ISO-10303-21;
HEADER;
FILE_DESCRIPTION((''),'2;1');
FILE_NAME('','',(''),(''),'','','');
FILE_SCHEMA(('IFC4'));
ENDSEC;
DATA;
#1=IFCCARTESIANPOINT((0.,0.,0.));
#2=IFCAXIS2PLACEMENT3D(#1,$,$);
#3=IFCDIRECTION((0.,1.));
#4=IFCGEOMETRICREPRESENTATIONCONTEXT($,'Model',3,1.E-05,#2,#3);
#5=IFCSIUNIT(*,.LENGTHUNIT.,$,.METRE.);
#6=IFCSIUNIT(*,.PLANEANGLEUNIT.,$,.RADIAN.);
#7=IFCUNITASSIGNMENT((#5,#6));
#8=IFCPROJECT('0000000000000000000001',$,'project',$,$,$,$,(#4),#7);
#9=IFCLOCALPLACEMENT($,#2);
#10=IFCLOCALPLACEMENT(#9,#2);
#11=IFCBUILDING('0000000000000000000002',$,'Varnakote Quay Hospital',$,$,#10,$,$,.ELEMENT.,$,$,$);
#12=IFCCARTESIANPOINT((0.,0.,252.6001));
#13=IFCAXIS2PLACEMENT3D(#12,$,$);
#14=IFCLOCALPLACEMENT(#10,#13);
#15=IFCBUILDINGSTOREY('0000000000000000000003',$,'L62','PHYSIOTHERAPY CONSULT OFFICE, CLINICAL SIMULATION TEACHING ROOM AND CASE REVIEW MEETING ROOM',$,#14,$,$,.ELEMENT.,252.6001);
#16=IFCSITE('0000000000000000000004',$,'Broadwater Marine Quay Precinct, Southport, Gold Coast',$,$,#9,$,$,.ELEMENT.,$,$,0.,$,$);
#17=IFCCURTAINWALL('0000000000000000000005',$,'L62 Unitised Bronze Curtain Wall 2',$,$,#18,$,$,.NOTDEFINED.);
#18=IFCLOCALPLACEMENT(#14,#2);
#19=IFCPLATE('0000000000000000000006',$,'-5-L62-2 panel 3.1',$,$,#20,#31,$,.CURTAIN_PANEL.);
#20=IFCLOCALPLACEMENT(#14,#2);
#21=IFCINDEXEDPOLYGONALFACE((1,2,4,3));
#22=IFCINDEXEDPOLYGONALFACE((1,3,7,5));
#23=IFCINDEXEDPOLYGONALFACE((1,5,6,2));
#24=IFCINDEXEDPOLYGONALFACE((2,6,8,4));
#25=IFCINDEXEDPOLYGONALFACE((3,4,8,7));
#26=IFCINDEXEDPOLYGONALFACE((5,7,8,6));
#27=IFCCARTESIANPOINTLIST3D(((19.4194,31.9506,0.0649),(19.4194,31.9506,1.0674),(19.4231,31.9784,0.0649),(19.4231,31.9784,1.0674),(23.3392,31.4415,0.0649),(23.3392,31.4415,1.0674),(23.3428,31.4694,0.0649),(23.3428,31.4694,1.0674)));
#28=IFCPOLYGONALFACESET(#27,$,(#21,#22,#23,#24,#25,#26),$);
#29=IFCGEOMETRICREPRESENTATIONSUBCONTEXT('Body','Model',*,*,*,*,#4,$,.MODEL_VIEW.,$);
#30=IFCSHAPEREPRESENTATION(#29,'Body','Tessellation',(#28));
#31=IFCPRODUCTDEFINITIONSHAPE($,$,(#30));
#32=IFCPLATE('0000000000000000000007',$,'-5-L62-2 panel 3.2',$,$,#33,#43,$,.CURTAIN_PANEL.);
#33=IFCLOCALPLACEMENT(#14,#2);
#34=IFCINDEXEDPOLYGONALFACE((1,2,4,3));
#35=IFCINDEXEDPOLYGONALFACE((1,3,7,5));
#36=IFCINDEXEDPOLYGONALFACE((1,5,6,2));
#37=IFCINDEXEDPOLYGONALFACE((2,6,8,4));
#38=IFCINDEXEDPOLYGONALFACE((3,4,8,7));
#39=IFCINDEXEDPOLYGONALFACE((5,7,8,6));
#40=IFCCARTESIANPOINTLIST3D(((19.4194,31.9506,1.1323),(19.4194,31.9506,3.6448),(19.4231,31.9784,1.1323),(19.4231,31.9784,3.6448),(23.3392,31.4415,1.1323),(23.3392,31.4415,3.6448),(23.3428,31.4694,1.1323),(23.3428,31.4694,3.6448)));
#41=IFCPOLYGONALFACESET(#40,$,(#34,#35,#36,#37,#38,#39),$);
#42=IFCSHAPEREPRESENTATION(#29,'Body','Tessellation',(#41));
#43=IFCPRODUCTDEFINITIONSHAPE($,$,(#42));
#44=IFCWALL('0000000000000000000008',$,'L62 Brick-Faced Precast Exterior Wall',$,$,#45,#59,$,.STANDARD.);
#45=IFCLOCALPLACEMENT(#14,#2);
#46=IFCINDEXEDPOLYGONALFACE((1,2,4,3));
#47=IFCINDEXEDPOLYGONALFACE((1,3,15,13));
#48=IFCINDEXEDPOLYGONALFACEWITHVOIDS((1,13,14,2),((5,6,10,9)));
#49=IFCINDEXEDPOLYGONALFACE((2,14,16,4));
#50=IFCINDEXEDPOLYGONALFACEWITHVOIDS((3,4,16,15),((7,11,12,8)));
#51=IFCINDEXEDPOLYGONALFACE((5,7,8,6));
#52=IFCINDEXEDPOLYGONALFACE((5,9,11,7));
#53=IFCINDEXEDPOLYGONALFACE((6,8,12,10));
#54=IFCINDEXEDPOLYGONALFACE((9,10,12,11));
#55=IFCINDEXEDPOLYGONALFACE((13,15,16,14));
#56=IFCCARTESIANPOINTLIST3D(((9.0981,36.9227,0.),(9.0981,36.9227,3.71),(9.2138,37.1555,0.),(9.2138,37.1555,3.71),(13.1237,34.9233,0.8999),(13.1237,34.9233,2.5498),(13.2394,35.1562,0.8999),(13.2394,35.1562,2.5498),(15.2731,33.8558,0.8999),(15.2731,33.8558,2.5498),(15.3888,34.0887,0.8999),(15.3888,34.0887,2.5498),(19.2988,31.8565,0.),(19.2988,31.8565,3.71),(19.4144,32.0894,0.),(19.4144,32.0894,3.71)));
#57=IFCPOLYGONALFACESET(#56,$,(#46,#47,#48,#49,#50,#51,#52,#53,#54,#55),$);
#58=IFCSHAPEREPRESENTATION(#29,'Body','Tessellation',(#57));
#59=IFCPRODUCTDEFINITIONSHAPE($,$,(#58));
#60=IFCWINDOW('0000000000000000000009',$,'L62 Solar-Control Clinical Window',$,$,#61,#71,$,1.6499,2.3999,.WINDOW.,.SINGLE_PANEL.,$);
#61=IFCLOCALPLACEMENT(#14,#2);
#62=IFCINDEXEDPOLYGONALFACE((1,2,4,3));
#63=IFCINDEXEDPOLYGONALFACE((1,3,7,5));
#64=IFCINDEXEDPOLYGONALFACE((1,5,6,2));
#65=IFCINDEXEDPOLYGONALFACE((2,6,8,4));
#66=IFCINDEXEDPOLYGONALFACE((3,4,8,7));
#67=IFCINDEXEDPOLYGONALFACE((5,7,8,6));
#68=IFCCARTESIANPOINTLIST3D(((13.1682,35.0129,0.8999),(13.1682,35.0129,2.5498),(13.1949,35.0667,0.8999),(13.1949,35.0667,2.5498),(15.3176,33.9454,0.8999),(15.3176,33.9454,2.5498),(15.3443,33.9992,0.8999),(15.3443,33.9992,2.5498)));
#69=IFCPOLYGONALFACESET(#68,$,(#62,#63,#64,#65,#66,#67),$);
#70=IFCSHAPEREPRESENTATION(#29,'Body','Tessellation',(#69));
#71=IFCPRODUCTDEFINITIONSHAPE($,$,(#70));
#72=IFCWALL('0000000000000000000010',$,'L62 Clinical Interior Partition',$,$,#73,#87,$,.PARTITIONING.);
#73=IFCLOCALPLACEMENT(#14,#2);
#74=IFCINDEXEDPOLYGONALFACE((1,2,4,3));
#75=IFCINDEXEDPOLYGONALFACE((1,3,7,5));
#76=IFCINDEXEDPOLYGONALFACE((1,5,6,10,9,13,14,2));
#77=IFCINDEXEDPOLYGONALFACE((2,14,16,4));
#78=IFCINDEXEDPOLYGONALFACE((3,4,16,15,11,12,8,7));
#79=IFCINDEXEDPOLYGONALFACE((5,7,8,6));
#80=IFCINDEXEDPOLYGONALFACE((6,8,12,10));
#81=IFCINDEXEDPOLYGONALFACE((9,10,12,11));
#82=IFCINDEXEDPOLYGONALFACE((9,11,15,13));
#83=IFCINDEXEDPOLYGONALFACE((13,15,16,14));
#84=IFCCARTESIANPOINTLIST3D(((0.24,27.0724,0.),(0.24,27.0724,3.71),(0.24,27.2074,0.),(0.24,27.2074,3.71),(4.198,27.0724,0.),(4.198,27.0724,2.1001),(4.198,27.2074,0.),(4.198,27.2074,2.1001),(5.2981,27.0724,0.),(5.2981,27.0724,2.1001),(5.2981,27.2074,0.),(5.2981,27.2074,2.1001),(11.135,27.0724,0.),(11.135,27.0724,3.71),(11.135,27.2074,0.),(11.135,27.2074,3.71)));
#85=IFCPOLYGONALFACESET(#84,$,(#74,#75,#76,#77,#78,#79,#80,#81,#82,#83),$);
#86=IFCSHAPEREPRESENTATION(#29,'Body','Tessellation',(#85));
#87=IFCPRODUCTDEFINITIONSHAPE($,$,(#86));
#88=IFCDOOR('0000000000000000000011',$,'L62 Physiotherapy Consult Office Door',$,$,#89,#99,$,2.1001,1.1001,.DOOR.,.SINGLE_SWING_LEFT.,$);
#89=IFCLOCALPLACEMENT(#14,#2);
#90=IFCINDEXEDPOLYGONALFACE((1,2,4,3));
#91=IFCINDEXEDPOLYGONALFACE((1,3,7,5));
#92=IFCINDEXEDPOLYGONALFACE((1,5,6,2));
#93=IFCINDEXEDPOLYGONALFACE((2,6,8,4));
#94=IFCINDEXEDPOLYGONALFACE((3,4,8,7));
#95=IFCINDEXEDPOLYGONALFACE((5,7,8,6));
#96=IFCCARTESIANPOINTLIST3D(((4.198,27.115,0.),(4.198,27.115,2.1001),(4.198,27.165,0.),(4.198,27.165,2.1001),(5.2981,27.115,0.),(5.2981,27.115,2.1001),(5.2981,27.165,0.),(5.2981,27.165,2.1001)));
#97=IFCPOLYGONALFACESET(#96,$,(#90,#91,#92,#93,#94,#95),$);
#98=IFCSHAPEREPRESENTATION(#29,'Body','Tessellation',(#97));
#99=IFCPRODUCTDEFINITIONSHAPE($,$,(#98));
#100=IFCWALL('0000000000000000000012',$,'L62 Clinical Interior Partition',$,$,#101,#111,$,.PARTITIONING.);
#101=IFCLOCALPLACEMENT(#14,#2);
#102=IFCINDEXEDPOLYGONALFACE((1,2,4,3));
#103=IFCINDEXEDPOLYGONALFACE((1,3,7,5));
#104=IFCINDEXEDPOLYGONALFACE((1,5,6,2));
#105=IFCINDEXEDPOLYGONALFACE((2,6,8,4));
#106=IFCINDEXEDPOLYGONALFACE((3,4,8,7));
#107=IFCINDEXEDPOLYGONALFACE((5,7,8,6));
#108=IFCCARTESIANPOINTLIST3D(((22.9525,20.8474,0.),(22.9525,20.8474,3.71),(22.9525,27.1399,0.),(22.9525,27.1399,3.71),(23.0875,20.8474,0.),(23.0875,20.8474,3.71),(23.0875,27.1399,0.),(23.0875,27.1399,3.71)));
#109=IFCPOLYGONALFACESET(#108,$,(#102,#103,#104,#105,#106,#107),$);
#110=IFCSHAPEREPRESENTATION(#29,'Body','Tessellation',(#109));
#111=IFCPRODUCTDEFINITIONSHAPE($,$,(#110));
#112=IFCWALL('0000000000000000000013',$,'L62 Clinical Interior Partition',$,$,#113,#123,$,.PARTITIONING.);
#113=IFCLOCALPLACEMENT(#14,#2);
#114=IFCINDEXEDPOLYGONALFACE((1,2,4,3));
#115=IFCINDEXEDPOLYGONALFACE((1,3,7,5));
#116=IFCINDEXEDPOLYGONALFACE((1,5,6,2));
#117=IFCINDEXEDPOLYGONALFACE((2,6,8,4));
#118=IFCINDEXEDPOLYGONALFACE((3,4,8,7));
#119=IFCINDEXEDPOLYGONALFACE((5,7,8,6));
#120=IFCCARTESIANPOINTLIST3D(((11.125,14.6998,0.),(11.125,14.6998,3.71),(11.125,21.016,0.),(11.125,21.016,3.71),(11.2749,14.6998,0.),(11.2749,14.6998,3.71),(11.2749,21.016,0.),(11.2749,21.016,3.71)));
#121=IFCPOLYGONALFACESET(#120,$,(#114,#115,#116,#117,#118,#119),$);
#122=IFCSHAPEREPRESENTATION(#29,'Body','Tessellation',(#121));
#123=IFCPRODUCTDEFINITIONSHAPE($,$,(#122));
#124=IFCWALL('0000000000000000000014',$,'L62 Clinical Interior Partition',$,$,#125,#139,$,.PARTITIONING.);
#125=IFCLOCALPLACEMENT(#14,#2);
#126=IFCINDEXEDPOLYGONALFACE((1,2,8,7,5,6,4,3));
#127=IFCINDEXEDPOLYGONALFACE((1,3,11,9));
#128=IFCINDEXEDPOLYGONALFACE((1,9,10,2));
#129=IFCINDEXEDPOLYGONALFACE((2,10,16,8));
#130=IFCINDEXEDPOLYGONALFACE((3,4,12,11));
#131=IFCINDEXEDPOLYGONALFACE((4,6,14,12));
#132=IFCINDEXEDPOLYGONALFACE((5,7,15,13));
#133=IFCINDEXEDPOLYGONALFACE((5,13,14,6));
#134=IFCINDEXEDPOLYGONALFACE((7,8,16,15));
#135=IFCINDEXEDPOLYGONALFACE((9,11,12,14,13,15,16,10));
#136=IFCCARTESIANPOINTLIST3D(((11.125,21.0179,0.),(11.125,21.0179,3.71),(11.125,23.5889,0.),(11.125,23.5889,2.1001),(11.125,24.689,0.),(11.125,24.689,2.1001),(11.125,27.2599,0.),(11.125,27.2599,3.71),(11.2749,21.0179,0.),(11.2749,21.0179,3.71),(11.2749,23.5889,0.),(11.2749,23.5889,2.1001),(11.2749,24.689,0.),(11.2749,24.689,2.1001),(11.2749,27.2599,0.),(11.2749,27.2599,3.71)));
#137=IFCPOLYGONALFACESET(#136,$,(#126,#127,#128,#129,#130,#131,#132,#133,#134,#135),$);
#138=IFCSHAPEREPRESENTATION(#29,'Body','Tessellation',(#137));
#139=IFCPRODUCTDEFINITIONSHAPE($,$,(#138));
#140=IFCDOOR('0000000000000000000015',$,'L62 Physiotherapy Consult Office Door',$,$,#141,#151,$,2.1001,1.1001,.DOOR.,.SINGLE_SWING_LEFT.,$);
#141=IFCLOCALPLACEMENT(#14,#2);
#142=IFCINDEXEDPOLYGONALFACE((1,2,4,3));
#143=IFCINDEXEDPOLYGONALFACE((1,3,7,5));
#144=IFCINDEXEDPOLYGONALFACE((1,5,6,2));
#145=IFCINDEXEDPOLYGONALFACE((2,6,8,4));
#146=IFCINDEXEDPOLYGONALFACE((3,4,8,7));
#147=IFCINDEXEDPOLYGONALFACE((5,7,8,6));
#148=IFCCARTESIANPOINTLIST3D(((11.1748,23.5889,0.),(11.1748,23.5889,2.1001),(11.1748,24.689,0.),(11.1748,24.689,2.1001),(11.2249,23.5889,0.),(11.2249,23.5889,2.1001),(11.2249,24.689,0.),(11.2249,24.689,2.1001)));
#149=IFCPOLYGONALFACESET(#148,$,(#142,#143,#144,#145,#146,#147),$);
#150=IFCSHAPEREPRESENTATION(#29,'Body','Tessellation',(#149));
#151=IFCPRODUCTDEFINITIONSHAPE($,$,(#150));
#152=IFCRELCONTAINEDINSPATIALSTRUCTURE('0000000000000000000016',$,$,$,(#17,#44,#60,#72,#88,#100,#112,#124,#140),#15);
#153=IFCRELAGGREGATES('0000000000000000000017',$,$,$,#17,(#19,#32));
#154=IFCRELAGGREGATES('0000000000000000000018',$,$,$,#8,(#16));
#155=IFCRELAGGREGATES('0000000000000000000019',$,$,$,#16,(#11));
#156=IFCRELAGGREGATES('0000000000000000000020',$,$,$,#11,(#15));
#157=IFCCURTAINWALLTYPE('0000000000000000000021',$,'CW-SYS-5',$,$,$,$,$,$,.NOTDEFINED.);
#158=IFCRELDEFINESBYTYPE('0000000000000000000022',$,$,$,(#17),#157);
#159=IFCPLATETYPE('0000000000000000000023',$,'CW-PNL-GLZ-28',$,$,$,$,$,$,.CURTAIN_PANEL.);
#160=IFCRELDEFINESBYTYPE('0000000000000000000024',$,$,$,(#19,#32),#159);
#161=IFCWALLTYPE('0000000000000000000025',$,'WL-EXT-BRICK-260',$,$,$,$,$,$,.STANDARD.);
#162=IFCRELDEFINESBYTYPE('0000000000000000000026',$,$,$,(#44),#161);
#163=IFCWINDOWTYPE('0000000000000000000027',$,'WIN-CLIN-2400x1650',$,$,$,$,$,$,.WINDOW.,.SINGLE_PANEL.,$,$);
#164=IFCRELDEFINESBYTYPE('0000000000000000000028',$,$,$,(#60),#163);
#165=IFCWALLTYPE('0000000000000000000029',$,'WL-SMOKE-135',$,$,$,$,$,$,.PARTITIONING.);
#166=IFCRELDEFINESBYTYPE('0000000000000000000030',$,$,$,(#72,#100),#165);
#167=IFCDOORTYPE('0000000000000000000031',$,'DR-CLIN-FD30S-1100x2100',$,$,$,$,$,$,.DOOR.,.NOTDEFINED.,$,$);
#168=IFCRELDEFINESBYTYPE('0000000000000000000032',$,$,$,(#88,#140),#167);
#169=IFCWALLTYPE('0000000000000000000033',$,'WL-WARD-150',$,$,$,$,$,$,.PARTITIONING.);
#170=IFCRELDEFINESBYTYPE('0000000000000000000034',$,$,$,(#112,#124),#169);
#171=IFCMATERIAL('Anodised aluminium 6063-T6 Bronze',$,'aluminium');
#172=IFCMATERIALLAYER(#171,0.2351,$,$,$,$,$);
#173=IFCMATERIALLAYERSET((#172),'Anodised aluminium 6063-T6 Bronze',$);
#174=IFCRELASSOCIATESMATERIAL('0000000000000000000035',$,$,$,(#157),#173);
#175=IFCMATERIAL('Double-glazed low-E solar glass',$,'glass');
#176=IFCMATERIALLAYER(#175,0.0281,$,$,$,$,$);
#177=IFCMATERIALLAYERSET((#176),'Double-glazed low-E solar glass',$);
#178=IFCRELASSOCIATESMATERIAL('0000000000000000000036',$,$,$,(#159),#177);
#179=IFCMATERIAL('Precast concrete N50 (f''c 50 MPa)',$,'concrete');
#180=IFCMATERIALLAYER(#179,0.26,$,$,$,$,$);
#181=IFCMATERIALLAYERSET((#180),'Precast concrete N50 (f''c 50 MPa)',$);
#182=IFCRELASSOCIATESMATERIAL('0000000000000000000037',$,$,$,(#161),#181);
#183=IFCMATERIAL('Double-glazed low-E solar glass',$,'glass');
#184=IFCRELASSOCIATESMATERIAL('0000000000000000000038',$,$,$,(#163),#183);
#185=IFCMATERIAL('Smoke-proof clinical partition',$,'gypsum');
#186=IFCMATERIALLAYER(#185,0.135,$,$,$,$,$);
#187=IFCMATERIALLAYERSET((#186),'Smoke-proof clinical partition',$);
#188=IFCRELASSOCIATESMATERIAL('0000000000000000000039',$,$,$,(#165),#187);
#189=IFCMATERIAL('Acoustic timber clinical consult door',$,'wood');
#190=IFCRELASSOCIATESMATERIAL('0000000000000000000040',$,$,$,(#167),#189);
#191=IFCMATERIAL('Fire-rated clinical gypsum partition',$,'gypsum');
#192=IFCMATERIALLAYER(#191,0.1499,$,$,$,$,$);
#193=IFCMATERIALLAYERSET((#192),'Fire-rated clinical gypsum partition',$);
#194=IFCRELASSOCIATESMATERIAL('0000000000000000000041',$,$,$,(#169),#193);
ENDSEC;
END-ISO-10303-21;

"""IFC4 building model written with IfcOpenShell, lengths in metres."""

from ifc_helpers import new_model, si_unit, direction, frame, frame_2d, origin, origin_2d, place, context, subcontext, project, spatial, rectangle, extrude, material, layer, layer_set, type_object, element, fill, aggregate, save


model = new_model("IFC4")

# Units and contexts
model_context = context("Model", 3, precision=1e-05, world=origin(), true_north=direction((0.0, 1.0)))
body_context = subcontext(model_context, "Body", "Model", "MODEL_VIEW")
ifc_project = project(units=[si_unit("LENGTHUNIT", "METRE"), si_unit("PLANEANGLEUNIT", "RADIAN")], contexts=[model_context])

# Site, building, storey
site_placement = place(None, origin())
site = spatial("IfcSite", under=ifc_project, at=site_placement, Name="Broadwater Marine Quay Precinct, Southport, Gold Coast", CompositionType="ELEMENT", RefElevation=0.0)
building_placement = place(site_placement, origin())
building = spatial("IfcBuilding", under=site, at=building_placement, Name="Varnakote Quay Hospital", CompositionType="ELEMENT")
storey_placement = place(building_placement, frame((0.0, 0.0, 252.6001)))
storey = spatial("IfcBuildingStorey", under=building, at=storey_placement, Name="L62", Description="PHYSIOTHERAPY CONSULT OFFICE, CLINICAL SIMULATION TEACHING ROOM AND CASE REVIEW MEETING ROOM", CompositionType="ELEMENT", Elevation=252.6001)

# Curtain wall
ifc_material_1 = material(Name="Anodised aluminium 6063-T6 Bronze", Category="aluminium")
ifc_layer_1 = layer(ifc_material_1, 0.2351)
ifc_layer_set_1 = layer_set([ifc_layer_1], Name="Anodised aluminium 6063-T6 Bronze")
curtain_wall_type = type_object("IfcCurtainWallType", Name="CW-SYS-5", PredefinedType="NOTDEFINED", material=ifc_layer_set_1)
curtain_wall_placement = place(storey_placement, origin())
curtain_wall = element("IfcCurtainWall", 1, at=curtain_wall_placement, inside=storey, type_object=curtain_wall_type, Name="L62 Unitised Bronze Curtain Wall 2", PredefinedType="NOTDEFINED")

# Plates
ifc_material_2 = material(Name="Double-glazed low-E solar glass", Category="glass")
ifc_layer_2 = layer(ifc_material_2, 0.0281)
ifc_layer_set_2 = layer_set([ifc_layer_2], Name="Double-glazed low-E solar glass")
plate_type = type_object("IfcPlateType", Name="CW-PNL-GLZ-28", PredefinedType="CURTAIN_PANEL", material=ifc_layer_set_2)
plate_1_placement = place(storey_placement, frame((21.3811, 31.71, 0.0649), z_axis=(0.0, 0.0, 1.0), x_axis=(-0.991672, 0.128787, 0.0)))
plate_1 = element("IfcPlate", 2, at=plate_1_placement, type_object=plate_type, Name="-5-L62-2 panel 3.1", PredefinedType="CURTAIN_PANEL", context=body_context, shape_type="SweptSolid", body=[
    extrude(rectangle(XDim=3.9526, YDim=0.0281, at=origin_2d()), origin(), (0.0, 0.0, 1.0), 1.0024),
])
plate_2_placement = place(storey_placement, frame((21.3811, 31.71, 1.1323), z_axis=(0.0, 0.0, 1.0), x_axis=(-0.991672, 0.128787, 0.0)))
plate_2 = element("IfcPlate", 3, at=plate_2_placement, type_object=plate_type, Name="-5-L62-2 panel 3.2", PredefinedType="CURTAIN_PANEL", context=body_context, shape_type="SweptSolid", body=[
    extrude(rectangle(XDim=3.9526, YDim=0.0281, at=origin_2d()), origin(), (0.0, 0.0, 1.0), 2.5125),
])
aggregate(curtain_wall, [plate_1, plate_2])

# Wall, opening, window
ifc_material_3 = material(Name="Precast concrete N50 (f'c 50 MPa)", Category="concrete")
ifc_layer_3 = layer(ifc_material_3, 0.26)
ifc_layer_set_3 = layer_set([ifc_layer_3], Name="Precast concrete N50 (f'c 50 MPa)")
wall_type_1 = type_object("IfcWallType", Name="WL-EXT-BRICK-260", PredefinedType="STANDARD", material=ifc_layer_set_3)
wall_1_placement = place(storey_placement, frame((19.3567, 31.9729, 0.0), z_axis=(0.0, 0.0, 1.0), x_axis=(-0.895624, 0.444811, 0.0)))
wall_1 = element("IfcWall", 4, at=wall_1_placement, inside=storey, type_object=wall_type_1, Name="L62 Brick-Faced Precast Exterior Wall", PredefinedType="STANDARD", context=body_context, shape_type="SweptSolid", body=[
    extrude(rectangle(XDim=11.3894, YDim=0.26, at=frame_2d((5.6948, 0.0))), origin(), (0.0, 0.0, 1.0), 3.71),
])
opening_1_placement = place(wall_1_placement, frame((4.4949, 0.0, 0.8999)))
opening_1 = element("IfcOpeningElement", 5, at=opening_1_placement, cuts=wall_1, PredefinedType="OPENING", context=body_context, shape_type="SweptSolid", body=[
    extrude(rectangle(XDim=2.3999, YDim=1.6499, at=frame_2d((1.2, 0.825))), frame((0.0, 0.1399, 0.0), z_axis=(0.0, -1.0, 0.0), x_axis=(1.0, 0.0, 0.0)), (0.0, 0.0, 1.0), 0.28),
])
ifc_material_4 = material(Name="Double-glazed low-E solar glass", Category="glass")
window_type = type_object("IfcWindowType", Name="WIN-CLIN-2400x1650", PartitioningType="SINGLE_PANEL", PredefinedType="WINDOW", material=ifc_material_4)
window_placement = place(opening_1_placement, origin())
window = element("IfcWindow", 6, at=window_placement, inside=storey, type_object=window_type, Name="L62 Solar-Control Clinical Window", OverallHeight=1.6499, OverallWidth=2.3999, PartitioningType="SINGLE_PANEL", PredefinedType="WINDOW", context=body_context, shape_type="SweptSolid", body=[
    extrude(rectangle(XDim=2.3999, YDim=1.6499, at=frame_2d((1.2, 0.825))), frame((0.0, 0.03, 0.0), z_axis=(0.0, -1.0, 0.0), x_axis=(1.0, 0.0, 0.0)), (0.0, 0.0, 1.0), 0.0601),
])
fill(opening_1, window)

# Wall, opening, door
ifc_material_5 = material(Name="Smoke-proof clinical partition", Category="gypsum")
ifc_layer_4 = layer(ifc_material_5, 0.135)
ifc_layer_set_4 = layer_set([ifc_layer_4], Name="Smoke-proof clinical partition")
wall_type_2 = type_object("IfcWallType", Name="WL-SMOKE-135", PredefinedType="PARTITIONING", material=ifc_layer_set_4)
wall_2_placement = place(storey_placement, frame((11.135, 27.1399, 0.0), z_axis=(0.0, 0.0, 1.0), x_axis=(-1.0, 0.0, 0.0)))
wall_2 = element("IfcWall", 7, at=wall_2_placement, inside=storey, type_object=wall_type_2, Name="L62 Clinical Interior Partition", PredefinedType="PARTITIONING", context=body_context, shape_type="SweptSolid", body=[
    extrude(rectangle(XDim=10.895, YDim=0.135, at=frame_2d((5.4475, 0.0))), origin(), (0.0, 0.0, 1.0), 3.71),
])
opening_2_placement = place(wall_2_placement, frame((5.8369, 0.0, 0.0)))
opening_2 = element("IfcOpeningElement", 8, at=opening_2_placement, cuts=wall_2, PredefinedType="OPENING", context=body_context, shape_type="SweptSolid", body=[
    extrude(rectangle(XDim=1.1001, YDim=2.1001, at=frame_2d((0.55, 1.05))), frame((0.0, 0.0774, 0.0), z_axis=(0.0, -1.0, 0.0), x_axis=(1.0, 0.0, 0.0)), (0.0, 0.0, 1.0), 0.155),
])
ifc_material_6 = material(Name="Acoustic timber clinical consult door", Category="wood")
door_type = type_object("IfcDoorType", Name="DR-CLIN-FD30S-1100x2100", OperationType="NOTDEFINED", PredefinedType="DOOR", material=ifc_material_6)
door_1_placement = place(opening_2_placement, origin())
door_1 = element("IfcDoor", 9, at=door_1_placement, inside=storey, type_object=door_type, Name="L62 Physiotherapy Consult Office Door", OperationType="SINGLE_SWING_LEFT", OverallHeight=2.1001, OverallWidth=1.1001, PredefinedType="DOOR", context=body_context, shape_type="SweptSolid", body=[
    extrude(rectangle(XDim=1.1001, YDim=2.1001, at=frame_2d((0.55, 1.05))), frame((0.0, 0.0249, 0.0), z_axis=(0.0, -1.0, 0.0), x_axis=(1.0, 0.0, 0.0)), (0.0, 0.0, 1.0), 0.05),
])
fill(opening_2, door_1)

# Walls
wall_3_placement = place(storey_placement, frame((23.02, 20.8474, 0.0), z_axis=(0.0, 0.0, 1.0), x_axis=(0.0, 1.0, 0.0)))
element("IfcWall", 10, at=wall_3_placement, inside=storey, type_object=wall_type_2, Name="L62 Clinical Interior Partition", PredefinedType="PARTITIONING", context=body_context, shape_type="SweptSolid", body=[
    extrude(rectangle(XDim=6.2925, YDim=0.135, at=frame_2d((3.1462, 0.0))), origin(), (0.0, 0.0, 1.0), 3.71),
])
ifc_material_7 = material(Name="Fire-rated clinical gypsum partition", Category="gypsum")
ifc_layer_5 = layer(ifc_material_7, 0.1499)
ifc_layer_set_5 = layer_set([ifc_layer_5], Name="Fire-rated clinical gypsum partition")
wall_type_3 = type_object("IfcWallType", Name="WL-WARD-150", PredefinedType="PARTITIONING", material=ifc_layer_set_5)
wall_4_placement = place(storey_placement, frame((11.2, 21.0161, 0.0), z_axis=(0.0, 0.0, 1.0), x_axis=(0.0, -1.0, 0.0)))
element("IfcWall", 11, at=wall_4_placement, inside=storey, type_object=wall_type_3, Name="L62 Clinical Interior Partition", PredefinedType="PARTITIONING", context=body_context, shape_type="SweptSolid", body=[
    extrude(rectangle(XDim=6.3162, YDim=0.1499, at=frame_2d((3.1582, 0.0))), origin(), (0.0, 0.0, 1.0), 3.71),
])

# Wall, opening, door
wall_5_placement = place(storey_placement, frame((11.2, 27.26, 0.0), z_axis=(0.0, 0.0, 1.0), x_axis=(0.0, -1.0, 0.0)))
wall_5 = element("IfcWall", 12, at=wall_5_placement, inside=storey, type_object=wall_type_3, Name="L62 Clinical Interior Partition", PredefinedType="PARTITIONING", context=body_context, shape_type="SweptSolid", body=[
    extrude(rectangle(XDim=6.2419, YDim=0.1499, at=frame_2d((3.1211, 0.0))), origin(), (0.0, 0.0, 1.0), 3.71),
])
opening_3_placement = place(wall_5_placement, frame((2.571, 0.0, 0.0)))
opening_3 = element("IfcOpeningElement", 13, at=opening_3_placement, cuts=wall_5, PredefinedType="OPENING", context=body_context, shape_type="SweptSolid", body=[
    extrude(rectangle(XDim=1.1001, YDim=2.1001, at=frame_2d((0.55, 1.05))), frame((0.0, 0.085, 0.0), z_axis=(0.0, -1.0, 0.0), x_axis=(1.0, 0.0, 0.0)), (0.0, 0.0, 1.0), 0.1699),
])
door_2_placement = place(opening_3_placement, origin())
door_2 = element("IfcDoor", 14, at=door_2_placement, inside=storey, type_object=door_type, Name="L62 Physiotherapy Consult Office Door", OperationType="SINGLE_SWING_LEFT", OverallHeight=2.1001, OverallWidth=1.1001, PredefinedType="DOOR", context=body_context, shape_type="SweptSolid", body=[
    extrude(rectangle(XDim=1.1001, YDim=2.1001, at=frame_2d((0.55, 1.05))), frame((0.0, 0.0249, 0.0), z_axis=(0.0, -1.0, 0.0), x_axis=(1.0, 0.0, 0.0)), (0.0, 0.0, 1.0), 0.05),
])
fill(opening_3, door_2)

save(model, "model.ifc")
